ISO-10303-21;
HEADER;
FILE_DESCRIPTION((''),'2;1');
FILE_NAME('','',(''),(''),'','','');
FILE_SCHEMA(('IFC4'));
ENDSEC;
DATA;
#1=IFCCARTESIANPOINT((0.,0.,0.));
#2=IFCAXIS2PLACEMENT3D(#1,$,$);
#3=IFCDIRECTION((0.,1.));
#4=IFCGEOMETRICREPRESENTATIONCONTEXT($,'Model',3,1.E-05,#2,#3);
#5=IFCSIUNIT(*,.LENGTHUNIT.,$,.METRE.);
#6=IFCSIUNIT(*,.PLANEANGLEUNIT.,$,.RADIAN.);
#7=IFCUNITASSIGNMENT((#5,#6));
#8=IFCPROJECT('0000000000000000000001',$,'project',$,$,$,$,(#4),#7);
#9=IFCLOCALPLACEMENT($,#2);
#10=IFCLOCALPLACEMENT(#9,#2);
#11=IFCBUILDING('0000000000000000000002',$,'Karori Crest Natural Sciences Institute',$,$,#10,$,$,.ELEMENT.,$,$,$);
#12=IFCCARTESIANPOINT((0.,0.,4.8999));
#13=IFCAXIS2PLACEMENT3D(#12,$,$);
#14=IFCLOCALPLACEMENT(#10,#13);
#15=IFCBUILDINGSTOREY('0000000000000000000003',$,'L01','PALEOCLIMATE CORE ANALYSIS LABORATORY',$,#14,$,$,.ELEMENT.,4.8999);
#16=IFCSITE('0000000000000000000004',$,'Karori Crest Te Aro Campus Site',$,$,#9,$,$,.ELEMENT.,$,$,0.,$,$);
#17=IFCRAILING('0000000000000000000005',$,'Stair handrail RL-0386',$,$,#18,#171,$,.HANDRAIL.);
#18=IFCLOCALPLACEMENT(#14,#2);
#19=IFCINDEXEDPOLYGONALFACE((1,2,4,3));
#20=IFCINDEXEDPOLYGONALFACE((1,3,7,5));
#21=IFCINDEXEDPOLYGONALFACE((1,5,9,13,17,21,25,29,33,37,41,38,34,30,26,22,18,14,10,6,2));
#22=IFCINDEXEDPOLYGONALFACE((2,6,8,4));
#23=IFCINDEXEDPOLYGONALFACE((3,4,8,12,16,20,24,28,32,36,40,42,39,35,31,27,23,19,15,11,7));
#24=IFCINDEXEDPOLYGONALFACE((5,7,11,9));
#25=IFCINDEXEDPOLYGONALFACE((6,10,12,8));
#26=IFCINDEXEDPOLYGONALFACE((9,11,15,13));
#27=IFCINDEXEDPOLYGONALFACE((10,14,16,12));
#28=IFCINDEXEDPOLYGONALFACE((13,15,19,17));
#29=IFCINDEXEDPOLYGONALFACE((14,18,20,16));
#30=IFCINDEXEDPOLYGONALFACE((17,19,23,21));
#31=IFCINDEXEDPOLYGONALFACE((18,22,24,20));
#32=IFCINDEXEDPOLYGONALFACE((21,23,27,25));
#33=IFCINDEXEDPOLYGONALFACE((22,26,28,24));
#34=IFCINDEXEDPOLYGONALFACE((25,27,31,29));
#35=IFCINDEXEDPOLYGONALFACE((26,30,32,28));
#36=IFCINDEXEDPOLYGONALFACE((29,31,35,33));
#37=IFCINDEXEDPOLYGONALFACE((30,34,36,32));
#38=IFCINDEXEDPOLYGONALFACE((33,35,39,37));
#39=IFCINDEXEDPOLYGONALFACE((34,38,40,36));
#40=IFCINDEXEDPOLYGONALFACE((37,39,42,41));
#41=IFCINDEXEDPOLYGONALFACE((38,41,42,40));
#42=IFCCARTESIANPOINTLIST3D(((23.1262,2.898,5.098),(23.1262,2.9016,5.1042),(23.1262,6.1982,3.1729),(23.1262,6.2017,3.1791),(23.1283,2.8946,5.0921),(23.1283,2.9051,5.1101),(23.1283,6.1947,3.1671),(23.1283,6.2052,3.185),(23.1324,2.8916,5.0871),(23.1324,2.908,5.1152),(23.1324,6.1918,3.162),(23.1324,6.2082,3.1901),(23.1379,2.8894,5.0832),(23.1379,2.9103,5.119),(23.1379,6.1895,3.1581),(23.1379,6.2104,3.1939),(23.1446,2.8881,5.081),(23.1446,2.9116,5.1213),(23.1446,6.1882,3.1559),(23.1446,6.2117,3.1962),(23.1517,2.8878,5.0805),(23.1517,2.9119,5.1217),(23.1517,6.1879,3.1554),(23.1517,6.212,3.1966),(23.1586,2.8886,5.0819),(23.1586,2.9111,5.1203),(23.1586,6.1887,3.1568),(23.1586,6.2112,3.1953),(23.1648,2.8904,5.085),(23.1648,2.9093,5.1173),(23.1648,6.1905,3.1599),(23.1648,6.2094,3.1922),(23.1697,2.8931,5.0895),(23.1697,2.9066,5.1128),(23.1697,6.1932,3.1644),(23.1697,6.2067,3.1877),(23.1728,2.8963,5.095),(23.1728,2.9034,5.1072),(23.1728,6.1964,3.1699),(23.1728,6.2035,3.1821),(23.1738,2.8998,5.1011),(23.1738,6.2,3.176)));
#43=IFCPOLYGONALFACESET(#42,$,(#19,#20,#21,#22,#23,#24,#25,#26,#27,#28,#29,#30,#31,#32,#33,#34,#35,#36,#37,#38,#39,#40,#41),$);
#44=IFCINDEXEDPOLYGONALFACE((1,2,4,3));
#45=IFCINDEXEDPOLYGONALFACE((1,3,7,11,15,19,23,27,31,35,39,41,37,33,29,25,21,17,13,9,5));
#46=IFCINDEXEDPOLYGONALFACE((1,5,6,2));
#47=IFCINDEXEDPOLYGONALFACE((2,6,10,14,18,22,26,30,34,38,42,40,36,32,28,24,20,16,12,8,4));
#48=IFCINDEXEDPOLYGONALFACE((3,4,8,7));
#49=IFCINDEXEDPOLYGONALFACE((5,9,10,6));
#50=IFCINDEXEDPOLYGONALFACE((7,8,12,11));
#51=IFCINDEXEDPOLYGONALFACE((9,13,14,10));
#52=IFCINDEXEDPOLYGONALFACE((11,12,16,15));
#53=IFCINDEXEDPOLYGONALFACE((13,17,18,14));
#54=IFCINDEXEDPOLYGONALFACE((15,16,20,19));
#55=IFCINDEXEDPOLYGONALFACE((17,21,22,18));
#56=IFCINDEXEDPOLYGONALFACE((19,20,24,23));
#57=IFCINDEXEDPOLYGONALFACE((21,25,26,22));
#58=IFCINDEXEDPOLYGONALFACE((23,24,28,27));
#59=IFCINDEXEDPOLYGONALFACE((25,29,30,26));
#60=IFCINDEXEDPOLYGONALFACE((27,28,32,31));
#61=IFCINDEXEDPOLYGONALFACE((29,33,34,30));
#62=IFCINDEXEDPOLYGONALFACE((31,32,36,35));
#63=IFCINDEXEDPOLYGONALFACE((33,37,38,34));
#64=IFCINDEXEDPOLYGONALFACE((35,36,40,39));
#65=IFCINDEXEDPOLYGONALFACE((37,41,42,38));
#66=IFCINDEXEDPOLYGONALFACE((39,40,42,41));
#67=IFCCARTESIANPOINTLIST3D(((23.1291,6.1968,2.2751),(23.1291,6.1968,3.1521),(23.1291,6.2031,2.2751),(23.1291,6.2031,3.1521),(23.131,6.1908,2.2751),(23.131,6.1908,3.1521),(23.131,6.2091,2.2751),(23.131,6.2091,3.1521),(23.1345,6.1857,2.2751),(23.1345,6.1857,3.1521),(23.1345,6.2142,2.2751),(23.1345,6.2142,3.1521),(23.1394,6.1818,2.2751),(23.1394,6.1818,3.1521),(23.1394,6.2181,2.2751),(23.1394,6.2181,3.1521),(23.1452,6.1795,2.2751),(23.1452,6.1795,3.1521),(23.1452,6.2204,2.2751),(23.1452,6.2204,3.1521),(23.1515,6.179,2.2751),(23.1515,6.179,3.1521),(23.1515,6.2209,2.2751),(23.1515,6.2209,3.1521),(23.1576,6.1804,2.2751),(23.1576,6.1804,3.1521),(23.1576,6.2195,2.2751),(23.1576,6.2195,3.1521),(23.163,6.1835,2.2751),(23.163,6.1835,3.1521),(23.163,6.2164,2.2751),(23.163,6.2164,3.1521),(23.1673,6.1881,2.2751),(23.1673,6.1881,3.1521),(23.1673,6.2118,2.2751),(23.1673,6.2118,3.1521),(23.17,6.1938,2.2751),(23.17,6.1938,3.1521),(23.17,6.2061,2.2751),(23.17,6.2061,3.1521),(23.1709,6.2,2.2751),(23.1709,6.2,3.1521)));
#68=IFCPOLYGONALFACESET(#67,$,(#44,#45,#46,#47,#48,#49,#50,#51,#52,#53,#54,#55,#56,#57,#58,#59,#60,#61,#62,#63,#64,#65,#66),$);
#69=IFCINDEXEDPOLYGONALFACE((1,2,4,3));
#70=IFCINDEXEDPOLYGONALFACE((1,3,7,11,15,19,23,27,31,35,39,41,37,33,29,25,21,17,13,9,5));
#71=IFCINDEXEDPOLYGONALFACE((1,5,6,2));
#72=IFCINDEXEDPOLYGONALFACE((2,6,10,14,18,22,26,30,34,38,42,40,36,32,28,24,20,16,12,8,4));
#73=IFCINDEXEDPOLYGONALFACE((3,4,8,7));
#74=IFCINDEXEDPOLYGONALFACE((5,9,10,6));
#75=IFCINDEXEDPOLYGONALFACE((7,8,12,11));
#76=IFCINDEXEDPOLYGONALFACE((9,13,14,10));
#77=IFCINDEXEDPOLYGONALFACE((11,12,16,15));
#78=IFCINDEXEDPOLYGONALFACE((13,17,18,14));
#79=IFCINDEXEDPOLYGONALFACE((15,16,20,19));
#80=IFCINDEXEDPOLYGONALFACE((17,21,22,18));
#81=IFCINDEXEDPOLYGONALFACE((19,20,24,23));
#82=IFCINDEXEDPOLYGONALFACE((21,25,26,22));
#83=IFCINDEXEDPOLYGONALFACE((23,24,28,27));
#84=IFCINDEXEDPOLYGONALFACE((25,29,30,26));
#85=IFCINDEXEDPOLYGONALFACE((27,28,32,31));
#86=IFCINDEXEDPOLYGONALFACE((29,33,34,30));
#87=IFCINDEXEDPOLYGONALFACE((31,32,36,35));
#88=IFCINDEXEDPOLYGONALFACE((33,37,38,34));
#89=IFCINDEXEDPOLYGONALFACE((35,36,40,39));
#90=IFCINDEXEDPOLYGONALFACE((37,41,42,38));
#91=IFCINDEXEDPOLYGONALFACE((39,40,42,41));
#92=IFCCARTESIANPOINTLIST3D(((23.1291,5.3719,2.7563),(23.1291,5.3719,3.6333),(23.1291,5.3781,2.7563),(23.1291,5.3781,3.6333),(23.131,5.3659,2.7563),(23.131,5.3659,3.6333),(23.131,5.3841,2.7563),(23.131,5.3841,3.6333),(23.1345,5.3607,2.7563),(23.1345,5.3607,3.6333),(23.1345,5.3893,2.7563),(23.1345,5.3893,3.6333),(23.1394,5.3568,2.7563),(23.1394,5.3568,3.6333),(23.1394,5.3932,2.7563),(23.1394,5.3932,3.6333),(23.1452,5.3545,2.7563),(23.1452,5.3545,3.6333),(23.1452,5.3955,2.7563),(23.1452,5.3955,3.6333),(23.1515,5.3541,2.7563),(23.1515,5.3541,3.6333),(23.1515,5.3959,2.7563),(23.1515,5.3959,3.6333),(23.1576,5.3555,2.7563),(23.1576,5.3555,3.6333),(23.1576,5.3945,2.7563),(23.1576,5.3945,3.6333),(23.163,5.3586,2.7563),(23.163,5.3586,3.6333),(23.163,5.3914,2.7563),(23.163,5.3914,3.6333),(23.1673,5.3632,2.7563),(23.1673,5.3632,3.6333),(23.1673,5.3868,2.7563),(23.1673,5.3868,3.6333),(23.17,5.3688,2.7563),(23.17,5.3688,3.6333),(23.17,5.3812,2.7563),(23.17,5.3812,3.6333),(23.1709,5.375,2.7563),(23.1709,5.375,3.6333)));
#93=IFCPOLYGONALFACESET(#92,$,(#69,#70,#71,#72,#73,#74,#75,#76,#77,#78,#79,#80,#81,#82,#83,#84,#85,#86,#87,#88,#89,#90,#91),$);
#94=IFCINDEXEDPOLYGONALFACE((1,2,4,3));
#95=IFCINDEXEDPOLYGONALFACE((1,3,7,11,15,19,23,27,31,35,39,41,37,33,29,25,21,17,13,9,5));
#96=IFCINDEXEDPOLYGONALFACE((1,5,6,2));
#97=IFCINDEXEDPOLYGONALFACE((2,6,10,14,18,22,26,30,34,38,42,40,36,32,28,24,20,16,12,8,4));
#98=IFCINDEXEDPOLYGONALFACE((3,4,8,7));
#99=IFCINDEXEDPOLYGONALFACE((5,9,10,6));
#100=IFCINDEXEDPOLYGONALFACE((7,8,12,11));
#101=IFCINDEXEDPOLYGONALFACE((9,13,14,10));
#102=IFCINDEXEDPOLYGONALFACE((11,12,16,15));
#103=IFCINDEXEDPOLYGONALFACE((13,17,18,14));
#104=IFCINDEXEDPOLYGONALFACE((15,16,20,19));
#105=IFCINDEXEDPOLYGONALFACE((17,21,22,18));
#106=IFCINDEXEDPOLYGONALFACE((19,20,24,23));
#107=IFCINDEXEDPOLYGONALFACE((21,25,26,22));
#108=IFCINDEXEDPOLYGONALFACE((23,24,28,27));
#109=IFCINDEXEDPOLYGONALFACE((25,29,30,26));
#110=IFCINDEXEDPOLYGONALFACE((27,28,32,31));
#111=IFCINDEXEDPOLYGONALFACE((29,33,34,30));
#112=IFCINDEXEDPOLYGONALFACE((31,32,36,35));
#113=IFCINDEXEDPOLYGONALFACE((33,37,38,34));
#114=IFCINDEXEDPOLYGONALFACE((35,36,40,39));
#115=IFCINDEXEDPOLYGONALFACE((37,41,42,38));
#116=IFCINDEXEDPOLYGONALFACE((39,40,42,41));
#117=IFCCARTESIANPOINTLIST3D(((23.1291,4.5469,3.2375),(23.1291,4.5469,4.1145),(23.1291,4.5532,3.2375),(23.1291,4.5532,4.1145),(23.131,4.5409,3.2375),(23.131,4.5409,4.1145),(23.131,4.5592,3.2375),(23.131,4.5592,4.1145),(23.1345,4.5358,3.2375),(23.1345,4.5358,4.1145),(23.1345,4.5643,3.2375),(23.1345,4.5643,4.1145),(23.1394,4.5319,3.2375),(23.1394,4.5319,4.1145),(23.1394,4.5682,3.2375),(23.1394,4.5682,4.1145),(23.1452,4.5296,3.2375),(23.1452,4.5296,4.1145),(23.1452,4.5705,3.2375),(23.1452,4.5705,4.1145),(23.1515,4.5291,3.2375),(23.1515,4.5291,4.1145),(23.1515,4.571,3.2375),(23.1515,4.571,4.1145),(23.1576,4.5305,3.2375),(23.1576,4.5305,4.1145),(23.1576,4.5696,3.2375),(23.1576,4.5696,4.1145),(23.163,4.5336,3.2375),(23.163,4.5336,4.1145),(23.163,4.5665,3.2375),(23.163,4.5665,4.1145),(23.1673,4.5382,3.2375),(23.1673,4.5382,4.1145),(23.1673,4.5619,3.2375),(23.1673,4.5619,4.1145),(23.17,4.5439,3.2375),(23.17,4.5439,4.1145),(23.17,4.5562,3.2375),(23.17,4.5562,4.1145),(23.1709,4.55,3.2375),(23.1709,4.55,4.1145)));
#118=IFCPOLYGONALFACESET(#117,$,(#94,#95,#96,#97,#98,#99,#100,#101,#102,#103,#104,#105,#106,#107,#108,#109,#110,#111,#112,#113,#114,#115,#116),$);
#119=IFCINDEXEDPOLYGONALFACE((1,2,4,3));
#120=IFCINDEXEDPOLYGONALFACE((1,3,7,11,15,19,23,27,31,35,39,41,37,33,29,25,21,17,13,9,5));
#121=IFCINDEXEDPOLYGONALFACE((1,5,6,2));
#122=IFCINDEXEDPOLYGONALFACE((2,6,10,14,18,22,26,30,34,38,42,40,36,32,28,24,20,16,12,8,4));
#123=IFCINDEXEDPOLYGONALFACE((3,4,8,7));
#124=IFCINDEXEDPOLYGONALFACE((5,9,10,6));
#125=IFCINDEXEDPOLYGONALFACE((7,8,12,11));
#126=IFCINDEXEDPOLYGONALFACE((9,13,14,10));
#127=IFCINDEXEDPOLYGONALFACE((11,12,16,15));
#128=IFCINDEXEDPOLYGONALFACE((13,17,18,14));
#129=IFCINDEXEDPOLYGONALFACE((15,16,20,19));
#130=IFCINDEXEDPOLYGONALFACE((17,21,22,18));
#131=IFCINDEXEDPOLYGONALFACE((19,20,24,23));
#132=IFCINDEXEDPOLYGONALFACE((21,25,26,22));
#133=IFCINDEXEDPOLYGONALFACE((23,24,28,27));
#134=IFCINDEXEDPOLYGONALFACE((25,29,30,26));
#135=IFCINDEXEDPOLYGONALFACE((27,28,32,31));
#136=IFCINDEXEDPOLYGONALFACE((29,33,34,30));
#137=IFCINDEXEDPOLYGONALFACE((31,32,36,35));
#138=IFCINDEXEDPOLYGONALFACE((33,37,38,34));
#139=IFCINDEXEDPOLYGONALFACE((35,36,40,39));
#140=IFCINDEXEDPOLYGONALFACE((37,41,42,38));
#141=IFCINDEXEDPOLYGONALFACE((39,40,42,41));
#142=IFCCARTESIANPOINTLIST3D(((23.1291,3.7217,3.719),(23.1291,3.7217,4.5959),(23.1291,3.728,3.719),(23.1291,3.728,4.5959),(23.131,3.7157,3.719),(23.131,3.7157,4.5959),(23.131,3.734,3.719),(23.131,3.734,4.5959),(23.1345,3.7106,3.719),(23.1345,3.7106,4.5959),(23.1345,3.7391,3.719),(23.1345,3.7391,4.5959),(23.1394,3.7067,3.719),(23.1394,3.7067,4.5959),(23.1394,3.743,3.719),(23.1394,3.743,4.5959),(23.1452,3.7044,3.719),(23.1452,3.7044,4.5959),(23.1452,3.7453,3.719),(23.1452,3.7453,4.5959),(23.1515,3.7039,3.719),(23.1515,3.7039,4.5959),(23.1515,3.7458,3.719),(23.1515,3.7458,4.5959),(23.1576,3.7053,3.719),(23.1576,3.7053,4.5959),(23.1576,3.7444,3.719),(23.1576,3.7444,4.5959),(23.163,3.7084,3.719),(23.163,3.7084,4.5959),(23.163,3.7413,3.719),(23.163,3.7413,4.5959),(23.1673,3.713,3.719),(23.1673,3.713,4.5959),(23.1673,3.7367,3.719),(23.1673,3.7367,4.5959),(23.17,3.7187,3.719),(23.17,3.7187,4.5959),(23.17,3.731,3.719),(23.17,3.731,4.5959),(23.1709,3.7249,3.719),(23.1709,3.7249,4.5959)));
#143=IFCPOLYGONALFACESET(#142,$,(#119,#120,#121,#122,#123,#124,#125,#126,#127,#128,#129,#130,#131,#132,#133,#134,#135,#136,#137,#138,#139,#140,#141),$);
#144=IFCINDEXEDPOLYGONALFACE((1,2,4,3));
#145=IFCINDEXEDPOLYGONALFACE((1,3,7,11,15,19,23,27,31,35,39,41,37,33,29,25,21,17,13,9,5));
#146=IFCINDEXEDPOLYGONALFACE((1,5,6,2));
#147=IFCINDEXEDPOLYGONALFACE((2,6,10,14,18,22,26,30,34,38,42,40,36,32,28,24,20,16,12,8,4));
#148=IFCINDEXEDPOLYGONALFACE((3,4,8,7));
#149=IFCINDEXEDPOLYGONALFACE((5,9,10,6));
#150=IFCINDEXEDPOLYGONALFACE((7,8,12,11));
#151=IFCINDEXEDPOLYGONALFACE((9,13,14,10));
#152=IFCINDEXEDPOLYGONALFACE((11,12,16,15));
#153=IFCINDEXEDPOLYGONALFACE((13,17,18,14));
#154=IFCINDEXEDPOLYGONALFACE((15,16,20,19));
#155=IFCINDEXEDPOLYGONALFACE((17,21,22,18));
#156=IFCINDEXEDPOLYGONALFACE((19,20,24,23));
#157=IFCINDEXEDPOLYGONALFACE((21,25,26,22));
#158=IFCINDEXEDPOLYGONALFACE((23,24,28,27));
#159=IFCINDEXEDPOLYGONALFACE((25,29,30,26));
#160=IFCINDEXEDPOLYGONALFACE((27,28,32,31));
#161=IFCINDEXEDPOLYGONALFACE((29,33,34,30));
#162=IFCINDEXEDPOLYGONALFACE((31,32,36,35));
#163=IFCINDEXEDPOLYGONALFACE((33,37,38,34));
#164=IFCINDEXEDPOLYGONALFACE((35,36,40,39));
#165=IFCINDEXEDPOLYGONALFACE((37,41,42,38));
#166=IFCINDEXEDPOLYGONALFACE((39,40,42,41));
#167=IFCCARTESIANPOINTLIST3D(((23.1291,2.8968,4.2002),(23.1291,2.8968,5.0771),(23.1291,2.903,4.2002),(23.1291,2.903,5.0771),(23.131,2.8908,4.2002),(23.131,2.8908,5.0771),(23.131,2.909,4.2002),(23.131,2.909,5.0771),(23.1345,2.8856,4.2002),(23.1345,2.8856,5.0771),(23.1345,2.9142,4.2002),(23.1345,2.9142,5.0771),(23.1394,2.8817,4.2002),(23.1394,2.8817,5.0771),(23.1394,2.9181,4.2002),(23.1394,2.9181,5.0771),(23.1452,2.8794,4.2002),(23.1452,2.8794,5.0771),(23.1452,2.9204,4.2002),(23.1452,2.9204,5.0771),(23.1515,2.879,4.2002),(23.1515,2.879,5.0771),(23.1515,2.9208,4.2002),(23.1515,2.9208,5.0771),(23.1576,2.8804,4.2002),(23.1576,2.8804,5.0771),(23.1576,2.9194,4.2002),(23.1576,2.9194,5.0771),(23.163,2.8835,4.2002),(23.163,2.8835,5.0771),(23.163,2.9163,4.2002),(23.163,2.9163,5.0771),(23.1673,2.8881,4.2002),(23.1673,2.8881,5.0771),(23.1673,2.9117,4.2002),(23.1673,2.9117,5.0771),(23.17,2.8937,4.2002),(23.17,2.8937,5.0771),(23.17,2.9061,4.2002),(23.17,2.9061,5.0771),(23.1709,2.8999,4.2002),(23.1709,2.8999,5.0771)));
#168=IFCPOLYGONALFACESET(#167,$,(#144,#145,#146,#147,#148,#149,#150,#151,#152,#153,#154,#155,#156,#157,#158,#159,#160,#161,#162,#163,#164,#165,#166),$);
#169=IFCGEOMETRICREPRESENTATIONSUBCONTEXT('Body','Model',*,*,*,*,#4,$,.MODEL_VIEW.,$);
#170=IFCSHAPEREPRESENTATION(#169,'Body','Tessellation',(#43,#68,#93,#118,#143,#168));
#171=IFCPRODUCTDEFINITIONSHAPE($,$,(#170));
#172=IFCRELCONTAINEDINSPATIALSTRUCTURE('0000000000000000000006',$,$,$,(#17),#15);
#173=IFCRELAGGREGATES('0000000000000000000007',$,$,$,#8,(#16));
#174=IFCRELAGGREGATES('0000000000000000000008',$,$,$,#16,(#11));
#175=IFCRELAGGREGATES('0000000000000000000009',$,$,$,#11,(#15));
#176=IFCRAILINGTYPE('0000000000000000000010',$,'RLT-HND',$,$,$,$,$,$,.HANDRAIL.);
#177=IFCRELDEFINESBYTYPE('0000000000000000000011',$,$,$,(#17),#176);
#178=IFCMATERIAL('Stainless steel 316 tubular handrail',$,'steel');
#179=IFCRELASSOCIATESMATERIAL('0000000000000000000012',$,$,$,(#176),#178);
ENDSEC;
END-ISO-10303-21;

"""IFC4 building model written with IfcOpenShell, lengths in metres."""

from ifc_helpers import new_model, si_unit, direction, frame, origin, origin_2d, place, context, subcontext, project, spatial, circle, extrude, material, type_object, element, save


model = new_model("IFC4")

# Units and contexts
model_context = context("Model", 3, precision=1e-05, world=origin(), true_north=direction((0.0, 1.0)))
body_context = subcontext(model_context, "Body", "Model", "MODEL_VIEW")
ifc_project = project(units=[si_unit("LENGTHUNIT", "METRE"), si_unit("PLANEANGLEUNIT", "RADIAN")], contexts=[model_context])

# Site, building, storey
site_placement = place(None, origin())
site = spatial("IfcSite", under=ifc_project, at=site_placement, Name="Karori Crest Te Aro Campus Site", CompositionType="ELEMENT", RefElevation=0.0)
building_placement = place(site_placement, origin())
building = spatial("IfcBuilding", under=site, at=building_placement, Name="Karori Crest Natural Sciences Institute", CompositionType="ELEMENT")
storey_placement = place(building_placement, frame((0.0, 0.0, 4.8999)))
storey = spatial("IfcBuildingStorey", under=building, at=storey_placement, Name="L01", Description="PALEOCLIMATE CORE ANALYSIS LABORATORY", CompositionType="ELEMENT", Elevation=4.8999)

# Railing
ifc_material_1 = material(Name="Stainless steel 316 tubular handrail", Category="steel")
railing_type_1 = type_object("IfcRailingType", Name="RLT-HND", PredefinedType="HANDRAIL", material=ifc_material_1)
railing_1_placement = place(storey_placement, frame((23.1499, 6.2, 2.2751)))
element("IfcRailing", 1, at=railing_1_placement, inside=storey, type_object=railing_type_1, Name="Stair handrail RL-0386", PredefinedType="HANDRAIL", context=body_context, shape_type="SweptSolid", body=[
    extrude(circle(Radius=0.0239, at=origin_2d()), frame((0.0, 0.0, 0.9009), z_axis=(0.0, -0.863777, 0.503875), x_axis=(1.0, 0.0, 0.0)), (0.0, 0.0, 1.0), 3.8206),
    extrude(circle(Radius=0.021, at=origin_2d()), origin(), (0.0, 0.0, 1.0), 0.877),
    extrude(circle(Radius=0.021, at=origin_2d()), frame((0.0, -0.825, 0.4812)), (0.0, 0.0, 1.0), 0.877),
    extrude(circle(Radius=0.021, at=origin_2d()), frame((0.0, -1.6499, 0.9624)), (0.0, 0.0, 1.0), 0.877),
    extrude(circle(Radius=0.021, at=origin_2d()), frame((0.0, -2.4751, 1.4438)), (0.0, 0.0, 1.0), 0.877),
    extrude(circle(Radius=0.021, at=origin_2d()), frame((0.0, -3.3, 1.925)), (0.0, 0.0, 1.0), 0.877),
])

save(model, "model.ifc")
